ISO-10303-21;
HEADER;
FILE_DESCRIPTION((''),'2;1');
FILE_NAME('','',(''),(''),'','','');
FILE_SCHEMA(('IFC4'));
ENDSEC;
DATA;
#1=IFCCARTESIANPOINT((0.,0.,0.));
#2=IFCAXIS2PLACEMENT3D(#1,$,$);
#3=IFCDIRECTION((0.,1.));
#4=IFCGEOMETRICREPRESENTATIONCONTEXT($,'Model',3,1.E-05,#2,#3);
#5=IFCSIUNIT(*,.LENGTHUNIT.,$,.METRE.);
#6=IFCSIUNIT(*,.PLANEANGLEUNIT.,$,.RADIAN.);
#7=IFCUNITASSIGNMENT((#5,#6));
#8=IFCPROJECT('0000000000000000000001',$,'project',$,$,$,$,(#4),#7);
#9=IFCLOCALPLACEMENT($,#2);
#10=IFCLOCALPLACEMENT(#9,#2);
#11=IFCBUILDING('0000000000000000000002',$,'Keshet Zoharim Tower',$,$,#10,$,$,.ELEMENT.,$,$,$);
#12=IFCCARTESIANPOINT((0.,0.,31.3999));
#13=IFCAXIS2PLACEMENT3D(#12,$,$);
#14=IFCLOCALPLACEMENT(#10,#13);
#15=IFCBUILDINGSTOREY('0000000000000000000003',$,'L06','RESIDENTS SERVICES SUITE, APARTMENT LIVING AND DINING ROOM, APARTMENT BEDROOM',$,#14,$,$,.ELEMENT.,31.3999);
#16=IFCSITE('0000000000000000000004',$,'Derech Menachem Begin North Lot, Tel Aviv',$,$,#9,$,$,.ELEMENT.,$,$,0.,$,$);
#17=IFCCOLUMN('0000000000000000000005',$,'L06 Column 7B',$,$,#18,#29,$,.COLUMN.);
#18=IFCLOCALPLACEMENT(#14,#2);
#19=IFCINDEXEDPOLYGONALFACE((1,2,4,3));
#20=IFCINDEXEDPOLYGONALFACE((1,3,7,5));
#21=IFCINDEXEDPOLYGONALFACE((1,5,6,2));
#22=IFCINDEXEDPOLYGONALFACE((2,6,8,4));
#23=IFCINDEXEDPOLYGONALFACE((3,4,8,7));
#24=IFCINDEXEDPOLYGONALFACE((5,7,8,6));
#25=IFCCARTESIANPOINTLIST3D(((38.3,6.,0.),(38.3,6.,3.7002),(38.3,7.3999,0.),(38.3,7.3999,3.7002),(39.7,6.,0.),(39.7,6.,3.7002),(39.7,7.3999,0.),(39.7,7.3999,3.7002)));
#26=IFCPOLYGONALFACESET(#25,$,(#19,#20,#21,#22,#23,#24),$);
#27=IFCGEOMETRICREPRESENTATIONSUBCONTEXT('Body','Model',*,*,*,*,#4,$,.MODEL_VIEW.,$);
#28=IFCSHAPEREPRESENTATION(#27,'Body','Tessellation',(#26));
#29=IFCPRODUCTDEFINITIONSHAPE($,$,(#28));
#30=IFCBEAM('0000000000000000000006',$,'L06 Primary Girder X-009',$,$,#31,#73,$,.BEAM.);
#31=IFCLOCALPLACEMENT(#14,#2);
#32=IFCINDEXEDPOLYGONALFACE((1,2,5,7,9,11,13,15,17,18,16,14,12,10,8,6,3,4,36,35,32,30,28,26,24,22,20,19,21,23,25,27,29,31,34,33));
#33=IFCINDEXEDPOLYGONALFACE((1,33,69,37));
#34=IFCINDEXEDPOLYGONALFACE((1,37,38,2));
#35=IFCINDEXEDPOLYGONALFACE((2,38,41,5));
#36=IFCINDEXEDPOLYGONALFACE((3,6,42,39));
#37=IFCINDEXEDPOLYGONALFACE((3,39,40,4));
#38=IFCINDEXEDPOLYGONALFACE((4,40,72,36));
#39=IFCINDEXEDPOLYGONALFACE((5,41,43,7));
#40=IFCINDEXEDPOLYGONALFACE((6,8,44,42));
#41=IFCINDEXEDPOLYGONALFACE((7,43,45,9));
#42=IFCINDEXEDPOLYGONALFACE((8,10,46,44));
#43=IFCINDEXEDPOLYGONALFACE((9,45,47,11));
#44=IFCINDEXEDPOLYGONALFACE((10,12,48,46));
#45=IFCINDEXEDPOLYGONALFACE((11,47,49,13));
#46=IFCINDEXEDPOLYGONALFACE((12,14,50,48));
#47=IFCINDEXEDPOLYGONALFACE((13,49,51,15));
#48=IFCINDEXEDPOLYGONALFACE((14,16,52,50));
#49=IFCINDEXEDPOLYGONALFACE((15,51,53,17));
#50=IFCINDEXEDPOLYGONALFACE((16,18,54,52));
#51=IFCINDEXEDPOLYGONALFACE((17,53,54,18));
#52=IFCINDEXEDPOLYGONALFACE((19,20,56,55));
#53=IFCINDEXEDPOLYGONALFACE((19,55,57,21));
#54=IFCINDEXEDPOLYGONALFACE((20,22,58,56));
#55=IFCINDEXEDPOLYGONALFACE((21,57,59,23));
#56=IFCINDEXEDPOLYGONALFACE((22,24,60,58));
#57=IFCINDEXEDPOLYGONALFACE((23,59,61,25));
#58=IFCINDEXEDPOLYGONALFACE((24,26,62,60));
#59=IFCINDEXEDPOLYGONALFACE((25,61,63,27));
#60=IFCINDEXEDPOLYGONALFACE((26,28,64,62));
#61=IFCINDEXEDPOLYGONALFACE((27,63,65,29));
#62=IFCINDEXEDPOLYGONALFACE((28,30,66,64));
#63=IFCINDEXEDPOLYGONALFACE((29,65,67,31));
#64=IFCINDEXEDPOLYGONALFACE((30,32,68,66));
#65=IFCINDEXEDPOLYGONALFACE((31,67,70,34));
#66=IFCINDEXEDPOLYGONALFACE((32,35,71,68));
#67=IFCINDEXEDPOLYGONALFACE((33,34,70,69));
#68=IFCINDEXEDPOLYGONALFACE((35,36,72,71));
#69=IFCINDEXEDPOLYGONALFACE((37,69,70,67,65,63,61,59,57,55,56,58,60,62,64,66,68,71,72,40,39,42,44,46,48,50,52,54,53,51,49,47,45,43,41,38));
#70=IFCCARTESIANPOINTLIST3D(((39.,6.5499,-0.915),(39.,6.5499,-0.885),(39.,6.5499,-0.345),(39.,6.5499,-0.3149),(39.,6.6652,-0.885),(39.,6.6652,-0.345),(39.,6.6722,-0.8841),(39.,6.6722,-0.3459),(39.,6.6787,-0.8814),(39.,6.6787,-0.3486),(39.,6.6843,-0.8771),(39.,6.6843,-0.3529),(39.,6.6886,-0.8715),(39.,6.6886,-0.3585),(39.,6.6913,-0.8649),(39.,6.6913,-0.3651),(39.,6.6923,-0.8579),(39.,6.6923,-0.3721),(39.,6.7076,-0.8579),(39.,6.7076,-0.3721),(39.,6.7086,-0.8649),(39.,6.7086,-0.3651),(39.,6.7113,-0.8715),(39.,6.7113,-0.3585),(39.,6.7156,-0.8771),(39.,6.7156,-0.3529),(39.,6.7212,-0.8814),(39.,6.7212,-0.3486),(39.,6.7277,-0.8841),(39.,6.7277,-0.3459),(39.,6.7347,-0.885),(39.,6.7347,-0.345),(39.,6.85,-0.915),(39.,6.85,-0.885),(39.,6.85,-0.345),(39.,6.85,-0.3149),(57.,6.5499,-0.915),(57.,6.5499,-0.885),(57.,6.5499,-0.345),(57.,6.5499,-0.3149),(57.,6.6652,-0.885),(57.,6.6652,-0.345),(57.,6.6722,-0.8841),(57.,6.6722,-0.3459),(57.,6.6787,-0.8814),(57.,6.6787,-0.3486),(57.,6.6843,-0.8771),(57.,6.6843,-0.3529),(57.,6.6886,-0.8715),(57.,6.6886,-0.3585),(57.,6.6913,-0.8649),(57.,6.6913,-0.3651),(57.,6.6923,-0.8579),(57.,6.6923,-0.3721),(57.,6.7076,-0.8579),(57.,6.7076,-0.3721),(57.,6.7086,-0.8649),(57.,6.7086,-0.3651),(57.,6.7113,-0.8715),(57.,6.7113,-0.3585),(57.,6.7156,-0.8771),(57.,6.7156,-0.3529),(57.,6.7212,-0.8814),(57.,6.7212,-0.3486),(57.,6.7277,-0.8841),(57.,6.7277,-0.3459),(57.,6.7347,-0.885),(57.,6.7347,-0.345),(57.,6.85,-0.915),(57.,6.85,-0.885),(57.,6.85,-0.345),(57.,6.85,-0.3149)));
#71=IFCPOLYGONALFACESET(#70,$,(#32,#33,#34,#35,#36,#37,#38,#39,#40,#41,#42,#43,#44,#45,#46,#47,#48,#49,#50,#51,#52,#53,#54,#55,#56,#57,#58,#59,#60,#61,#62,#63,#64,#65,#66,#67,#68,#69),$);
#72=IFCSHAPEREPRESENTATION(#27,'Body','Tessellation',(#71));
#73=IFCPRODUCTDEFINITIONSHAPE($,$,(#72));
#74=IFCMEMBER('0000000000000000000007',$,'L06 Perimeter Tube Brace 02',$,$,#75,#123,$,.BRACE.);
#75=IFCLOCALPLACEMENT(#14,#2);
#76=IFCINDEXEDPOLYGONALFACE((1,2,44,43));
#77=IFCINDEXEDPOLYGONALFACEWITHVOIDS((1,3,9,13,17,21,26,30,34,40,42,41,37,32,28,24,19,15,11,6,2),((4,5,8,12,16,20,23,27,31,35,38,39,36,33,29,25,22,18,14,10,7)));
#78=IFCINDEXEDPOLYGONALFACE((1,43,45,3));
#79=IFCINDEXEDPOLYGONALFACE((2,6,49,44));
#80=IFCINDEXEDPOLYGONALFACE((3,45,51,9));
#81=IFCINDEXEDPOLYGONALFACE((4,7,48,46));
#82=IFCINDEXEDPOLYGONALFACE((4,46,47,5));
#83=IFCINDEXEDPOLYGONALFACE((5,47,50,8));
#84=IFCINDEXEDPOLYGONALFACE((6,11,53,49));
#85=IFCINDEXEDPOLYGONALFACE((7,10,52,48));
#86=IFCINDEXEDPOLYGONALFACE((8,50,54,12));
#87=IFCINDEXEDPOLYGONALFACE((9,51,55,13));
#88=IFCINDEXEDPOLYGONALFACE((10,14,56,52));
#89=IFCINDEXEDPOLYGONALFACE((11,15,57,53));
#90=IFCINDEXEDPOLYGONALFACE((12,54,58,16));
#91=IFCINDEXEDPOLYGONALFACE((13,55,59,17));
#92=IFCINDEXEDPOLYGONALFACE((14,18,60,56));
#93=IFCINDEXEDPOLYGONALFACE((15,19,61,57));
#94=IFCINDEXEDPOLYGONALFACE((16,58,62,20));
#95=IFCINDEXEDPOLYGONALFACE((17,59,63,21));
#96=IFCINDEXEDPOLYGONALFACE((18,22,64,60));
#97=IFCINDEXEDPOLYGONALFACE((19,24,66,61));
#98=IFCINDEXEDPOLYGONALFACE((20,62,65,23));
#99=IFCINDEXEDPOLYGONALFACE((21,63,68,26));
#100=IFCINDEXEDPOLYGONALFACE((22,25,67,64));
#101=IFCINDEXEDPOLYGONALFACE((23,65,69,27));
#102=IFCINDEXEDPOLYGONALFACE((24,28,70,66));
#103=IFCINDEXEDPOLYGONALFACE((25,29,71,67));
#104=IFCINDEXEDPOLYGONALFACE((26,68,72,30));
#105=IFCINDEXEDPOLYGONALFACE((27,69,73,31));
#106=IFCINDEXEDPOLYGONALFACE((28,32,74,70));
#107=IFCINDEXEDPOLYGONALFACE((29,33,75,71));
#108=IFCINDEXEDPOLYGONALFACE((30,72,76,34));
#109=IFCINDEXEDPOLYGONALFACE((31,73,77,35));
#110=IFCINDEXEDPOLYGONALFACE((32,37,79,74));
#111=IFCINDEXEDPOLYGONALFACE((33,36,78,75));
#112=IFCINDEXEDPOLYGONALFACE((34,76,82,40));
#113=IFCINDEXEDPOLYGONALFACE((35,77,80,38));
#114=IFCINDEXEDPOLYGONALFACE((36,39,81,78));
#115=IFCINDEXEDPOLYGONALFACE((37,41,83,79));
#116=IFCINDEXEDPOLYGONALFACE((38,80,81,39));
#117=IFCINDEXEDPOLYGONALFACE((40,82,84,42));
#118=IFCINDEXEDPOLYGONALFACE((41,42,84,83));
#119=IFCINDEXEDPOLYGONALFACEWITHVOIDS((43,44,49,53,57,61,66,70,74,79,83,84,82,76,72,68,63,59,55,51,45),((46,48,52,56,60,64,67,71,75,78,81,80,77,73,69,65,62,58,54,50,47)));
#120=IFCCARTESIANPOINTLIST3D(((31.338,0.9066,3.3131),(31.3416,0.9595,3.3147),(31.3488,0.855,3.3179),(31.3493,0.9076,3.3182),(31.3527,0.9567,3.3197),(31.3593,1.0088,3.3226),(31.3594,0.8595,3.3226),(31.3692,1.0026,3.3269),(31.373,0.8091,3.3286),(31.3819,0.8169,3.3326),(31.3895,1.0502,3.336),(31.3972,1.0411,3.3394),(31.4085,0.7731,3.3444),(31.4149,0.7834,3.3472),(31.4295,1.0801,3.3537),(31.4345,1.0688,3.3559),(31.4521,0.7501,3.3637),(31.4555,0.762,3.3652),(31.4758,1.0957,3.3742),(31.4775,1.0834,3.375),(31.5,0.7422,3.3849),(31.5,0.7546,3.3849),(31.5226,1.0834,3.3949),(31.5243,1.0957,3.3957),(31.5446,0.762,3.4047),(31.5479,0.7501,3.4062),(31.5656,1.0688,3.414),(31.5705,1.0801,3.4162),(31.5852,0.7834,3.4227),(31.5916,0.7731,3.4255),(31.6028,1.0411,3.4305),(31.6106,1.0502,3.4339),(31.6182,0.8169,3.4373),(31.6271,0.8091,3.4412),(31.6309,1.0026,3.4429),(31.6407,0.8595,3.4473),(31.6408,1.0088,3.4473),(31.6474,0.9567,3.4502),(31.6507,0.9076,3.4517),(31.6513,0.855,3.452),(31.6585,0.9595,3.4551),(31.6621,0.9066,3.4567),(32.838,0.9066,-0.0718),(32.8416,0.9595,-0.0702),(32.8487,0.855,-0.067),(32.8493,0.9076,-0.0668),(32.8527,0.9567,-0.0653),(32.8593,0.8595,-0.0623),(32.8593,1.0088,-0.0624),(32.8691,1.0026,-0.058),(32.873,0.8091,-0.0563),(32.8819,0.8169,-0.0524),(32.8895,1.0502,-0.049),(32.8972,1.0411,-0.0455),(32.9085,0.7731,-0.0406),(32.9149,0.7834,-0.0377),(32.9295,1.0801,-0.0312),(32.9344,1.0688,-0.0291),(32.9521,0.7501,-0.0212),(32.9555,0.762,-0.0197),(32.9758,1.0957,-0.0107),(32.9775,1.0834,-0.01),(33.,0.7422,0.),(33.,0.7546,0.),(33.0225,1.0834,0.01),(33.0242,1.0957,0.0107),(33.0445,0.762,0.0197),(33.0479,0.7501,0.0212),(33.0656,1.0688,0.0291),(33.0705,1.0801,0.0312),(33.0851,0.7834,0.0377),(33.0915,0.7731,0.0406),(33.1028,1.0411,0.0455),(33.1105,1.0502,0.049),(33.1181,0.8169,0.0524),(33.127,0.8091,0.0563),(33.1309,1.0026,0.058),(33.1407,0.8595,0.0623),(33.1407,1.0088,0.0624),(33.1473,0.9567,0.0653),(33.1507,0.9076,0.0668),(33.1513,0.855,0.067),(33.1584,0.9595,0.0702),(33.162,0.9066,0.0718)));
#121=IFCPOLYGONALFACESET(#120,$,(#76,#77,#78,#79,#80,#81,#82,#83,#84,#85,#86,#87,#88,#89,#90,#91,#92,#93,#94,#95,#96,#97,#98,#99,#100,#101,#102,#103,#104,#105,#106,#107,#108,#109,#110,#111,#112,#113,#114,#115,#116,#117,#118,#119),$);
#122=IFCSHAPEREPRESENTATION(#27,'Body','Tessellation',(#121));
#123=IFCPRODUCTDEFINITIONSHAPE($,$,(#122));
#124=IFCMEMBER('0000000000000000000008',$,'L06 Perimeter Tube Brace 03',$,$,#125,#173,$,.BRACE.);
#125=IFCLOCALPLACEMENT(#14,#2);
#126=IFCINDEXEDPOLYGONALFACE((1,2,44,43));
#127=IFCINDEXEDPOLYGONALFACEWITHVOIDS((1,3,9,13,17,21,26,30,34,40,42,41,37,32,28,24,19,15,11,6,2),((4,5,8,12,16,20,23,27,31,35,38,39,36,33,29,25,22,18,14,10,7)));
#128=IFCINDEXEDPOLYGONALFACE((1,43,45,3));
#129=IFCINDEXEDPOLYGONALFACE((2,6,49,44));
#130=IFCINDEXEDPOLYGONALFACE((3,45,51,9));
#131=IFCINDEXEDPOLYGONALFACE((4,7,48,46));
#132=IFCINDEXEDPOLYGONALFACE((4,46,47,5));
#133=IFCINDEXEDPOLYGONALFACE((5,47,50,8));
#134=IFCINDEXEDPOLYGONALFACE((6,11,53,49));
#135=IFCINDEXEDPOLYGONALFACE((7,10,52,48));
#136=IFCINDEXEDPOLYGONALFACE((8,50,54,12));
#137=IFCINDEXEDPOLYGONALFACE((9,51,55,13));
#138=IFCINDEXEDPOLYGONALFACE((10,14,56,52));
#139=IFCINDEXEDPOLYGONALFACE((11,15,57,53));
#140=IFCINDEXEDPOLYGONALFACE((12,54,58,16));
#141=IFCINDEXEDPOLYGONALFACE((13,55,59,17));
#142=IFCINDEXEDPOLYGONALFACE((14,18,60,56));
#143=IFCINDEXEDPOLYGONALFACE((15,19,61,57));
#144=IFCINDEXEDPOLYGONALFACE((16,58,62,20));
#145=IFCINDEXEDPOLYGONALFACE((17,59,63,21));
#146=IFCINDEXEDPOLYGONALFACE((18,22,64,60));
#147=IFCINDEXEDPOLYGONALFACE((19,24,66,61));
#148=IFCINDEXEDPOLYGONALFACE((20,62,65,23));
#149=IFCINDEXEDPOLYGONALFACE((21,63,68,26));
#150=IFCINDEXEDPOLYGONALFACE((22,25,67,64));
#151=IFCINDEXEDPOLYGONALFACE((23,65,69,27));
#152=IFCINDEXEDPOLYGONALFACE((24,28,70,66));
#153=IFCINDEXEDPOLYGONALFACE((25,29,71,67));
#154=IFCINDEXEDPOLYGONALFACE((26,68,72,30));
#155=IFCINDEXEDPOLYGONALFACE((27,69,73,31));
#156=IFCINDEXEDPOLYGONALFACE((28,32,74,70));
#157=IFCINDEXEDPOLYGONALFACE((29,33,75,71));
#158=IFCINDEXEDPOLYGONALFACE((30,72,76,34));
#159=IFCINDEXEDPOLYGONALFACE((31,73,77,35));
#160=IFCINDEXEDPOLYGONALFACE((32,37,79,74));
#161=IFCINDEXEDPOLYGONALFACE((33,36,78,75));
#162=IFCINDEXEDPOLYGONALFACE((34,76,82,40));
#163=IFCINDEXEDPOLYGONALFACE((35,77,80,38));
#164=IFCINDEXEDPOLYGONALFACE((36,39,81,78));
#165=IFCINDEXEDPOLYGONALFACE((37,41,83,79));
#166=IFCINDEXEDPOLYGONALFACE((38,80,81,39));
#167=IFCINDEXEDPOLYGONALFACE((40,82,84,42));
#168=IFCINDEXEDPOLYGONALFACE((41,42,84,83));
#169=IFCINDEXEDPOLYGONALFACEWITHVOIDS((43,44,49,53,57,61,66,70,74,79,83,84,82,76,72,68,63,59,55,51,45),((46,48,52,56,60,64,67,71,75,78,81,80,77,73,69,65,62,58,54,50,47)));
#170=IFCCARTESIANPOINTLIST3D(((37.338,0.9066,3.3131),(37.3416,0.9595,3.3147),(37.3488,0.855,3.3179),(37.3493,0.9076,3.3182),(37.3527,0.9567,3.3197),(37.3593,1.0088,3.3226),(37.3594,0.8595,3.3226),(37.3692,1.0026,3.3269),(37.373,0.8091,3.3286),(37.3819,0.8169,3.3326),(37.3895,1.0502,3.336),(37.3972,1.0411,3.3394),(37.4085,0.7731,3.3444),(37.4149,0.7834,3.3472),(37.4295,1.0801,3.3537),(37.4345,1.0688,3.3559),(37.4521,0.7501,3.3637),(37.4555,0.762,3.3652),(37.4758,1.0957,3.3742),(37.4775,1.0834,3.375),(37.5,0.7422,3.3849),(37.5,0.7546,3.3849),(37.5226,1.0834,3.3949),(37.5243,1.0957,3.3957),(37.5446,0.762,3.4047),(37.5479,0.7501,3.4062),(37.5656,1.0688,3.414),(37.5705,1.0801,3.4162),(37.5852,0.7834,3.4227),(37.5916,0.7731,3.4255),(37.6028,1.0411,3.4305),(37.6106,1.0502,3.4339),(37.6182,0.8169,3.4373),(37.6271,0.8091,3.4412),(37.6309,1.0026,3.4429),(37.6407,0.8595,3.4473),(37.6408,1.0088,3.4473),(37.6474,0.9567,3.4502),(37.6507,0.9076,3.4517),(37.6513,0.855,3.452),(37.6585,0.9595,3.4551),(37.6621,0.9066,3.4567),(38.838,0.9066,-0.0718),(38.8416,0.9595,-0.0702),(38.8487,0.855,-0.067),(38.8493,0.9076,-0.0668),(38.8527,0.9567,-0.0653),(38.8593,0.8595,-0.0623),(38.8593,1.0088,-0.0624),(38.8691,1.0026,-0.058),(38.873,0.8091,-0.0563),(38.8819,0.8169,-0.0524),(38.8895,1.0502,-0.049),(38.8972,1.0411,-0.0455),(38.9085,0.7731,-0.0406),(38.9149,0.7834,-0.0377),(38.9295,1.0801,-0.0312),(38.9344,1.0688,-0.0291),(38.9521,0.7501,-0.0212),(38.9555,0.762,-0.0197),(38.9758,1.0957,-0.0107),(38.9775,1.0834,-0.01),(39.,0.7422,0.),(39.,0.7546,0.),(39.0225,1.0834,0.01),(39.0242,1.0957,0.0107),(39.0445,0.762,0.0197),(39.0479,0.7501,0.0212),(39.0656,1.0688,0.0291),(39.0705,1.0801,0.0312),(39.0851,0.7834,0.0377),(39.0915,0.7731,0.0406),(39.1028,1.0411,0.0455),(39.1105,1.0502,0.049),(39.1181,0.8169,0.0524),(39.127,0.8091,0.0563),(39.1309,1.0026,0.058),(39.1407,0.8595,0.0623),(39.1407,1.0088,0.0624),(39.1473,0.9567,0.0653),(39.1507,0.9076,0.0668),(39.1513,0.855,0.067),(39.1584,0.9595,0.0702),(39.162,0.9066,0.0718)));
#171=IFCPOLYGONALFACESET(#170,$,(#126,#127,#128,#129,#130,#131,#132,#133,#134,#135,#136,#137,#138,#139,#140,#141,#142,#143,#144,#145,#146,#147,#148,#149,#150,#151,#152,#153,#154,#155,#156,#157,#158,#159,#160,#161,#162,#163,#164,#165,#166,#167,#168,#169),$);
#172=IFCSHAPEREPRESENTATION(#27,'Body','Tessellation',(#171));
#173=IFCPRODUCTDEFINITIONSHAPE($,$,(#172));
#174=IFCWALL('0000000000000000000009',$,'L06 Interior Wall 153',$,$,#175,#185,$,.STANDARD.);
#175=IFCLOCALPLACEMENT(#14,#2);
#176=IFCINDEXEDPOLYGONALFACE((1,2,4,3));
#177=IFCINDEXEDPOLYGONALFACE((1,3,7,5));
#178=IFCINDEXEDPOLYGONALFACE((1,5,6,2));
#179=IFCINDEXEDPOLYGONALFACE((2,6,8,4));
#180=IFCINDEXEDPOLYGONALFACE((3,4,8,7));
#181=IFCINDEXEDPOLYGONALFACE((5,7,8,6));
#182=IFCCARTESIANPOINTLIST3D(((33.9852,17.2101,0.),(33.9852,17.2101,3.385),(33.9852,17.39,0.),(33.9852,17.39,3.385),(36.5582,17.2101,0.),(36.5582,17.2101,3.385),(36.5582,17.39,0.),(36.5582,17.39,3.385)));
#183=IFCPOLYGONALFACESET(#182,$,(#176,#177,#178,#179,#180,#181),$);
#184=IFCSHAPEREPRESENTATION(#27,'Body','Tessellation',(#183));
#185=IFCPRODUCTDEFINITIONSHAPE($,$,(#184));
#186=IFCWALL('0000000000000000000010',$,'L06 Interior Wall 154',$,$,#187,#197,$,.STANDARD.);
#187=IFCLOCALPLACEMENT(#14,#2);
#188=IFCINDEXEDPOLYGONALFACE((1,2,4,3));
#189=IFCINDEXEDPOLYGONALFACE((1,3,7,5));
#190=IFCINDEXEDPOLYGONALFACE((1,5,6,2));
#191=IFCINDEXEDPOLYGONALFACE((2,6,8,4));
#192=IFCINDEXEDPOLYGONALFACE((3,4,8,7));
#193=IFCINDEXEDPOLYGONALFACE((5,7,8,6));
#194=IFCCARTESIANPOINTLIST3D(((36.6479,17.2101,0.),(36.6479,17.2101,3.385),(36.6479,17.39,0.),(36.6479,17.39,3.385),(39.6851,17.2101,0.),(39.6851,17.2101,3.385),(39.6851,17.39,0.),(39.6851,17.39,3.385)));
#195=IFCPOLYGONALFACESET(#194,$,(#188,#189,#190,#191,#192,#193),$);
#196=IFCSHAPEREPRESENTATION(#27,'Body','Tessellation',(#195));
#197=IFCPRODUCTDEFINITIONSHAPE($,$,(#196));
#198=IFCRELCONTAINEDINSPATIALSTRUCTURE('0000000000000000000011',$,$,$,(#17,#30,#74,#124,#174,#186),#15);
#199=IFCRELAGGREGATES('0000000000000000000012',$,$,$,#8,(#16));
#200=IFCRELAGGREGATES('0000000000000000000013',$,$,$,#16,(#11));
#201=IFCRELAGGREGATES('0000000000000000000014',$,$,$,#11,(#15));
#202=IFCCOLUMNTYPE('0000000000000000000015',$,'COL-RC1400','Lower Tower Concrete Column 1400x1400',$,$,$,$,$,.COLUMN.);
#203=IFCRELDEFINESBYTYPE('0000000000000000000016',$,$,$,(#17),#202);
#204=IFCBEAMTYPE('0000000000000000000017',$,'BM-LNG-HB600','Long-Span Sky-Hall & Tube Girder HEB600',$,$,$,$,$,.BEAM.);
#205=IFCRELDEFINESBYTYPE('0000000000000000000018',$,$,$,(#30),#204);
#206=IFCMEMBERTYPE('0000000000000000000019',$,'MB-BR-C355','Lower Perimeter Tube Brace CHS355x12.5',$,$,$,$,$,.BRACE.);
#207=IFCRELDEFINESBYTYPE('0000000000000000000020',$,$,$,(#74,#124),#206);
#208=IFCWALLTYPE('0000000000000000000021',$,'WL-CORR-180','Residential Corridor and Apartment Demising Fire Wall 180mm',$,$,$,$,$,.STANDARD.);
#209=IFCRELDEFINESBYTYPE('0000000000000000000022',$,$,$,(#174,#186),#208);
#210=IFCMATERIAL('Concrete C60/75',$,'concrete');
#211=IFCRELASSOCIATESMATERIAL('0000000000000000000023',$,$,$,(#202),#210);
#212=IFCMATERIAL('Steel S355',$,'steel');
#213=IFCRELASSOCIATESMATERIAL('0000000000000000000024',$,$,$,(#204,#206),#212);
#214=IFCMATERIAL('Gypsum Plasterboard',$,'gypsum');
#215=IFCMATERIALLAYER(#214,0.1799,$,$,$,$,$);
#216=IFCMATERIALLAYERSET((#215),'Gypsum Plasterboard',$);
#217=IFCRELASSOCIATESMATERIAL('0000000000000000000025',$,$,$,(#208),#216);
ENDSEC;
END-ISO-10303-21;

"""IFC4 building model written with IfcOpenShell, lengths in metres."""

from ifc_helpers import new_model, si_unit, direction, frame, frame_2d, origin, origin_2d, place, context, subcontext, project, spatial, rectangle, hollow_circle, i_section, extrude, material, layer, layer_set, material_profile, profile_set, type_object, element, save


model = new_model("IFC4")

# Units and contexts
model_context = context("Model", 3, precision=1e-05, world=origin(), true_north=direction((0.0, 1.0)))
body_context = subcontext(model_context, "Body", "Model", "MODEL_VIEW")
ifc_project = project(units=[si_unit("LENGTHUNIT", "METRE"), si_unit("PLANEANGLEUNIT", "RADIAN")], contexts=[model_context])

# Site, building, storey
site_placement = place(None, origin())
site = spatial("IfcSite", under=ifc_project, at=site_placement, Name="Derech Menachem Begin North Lot, Tel Aviv", CompositionType="ELEMENT", RefElevation=0.0)
building_placement = place(site_placement, origin())
building = spatial("IfcBuilding", under=site, at=building_placement, Name="Keshet Zoharim Tower", CompositionType="ELEMENT")
storey_placement = place(building_placement, frame((0.0, 0.0, 31.3999)))
storey = spatial("IfcBuildingStorey", under=building, at=storey_placement, Name="L06", Description="RESIDENTS SERVICES SUITE, APARTMENT LIVING AND DINING ROOM, APARTMENT BEDROOM", CompositionType="ELEMENT", Elevation=31.3999)

# Column
ifc_material_1 = material(Name="Concrete C60/75", Category="concrete")
ifc_material_profile_1 = material_profile(ifc_material_1, rectangle(XDim=1.3999, YDim=1.3999, at=origin_2d()), Name="RC1400x1400")
ifc_profile_set_1 = profile_set([ifc_material_profile_1], Name="Concrete C60/75")
column_type = type_object("IfcColumnType", Name="COL-RC1400", Description="Lower Tower Concrete Column 1400x1400", PredefinedType="COLUMN", material=ifc_profile_set_1)
column_placement = place(storey_placement, frame((39.0, 6.7, 0.0), z_axis=(0.0, 0.0, 1.0), x_axis=(1.0, 0.0, 0.0)))
element("IfcColumn", 1, at=column_placement, inside=storey, type_object=column_type, Name="L06 Column 7B", PredefinedType="COLUMN", context=body_context, shape_type="SweptSolid", body=[
    extrude(rectangle(XDim=1.3999, YDim=1.3999, at=origin_2d()), origin(), (0.0, 0.0, 1.0), 3.7002),
])

# Beam
ifc_material_2 = material(Name="Steel S355", Category="steel")
ifc_material_profile_2 = material_profile(ifc_material_2, i_section(OverallWidth=0.3, OverallDepth=0.6001, WebThickness=0.0154, FlangeThickness=0.03, FilletRadius=0.0271, at=origin_2d()), Name="HEB600")
ifc_profile_set_2 = profile_set([ifc_material_profile_2], Name="Steel S355")
beam_type = type_object("IfcBeamType", Name="BM-LNG-HB600", Description="Long-Span Sky-Hall & Tube Girder HEB600", PredefinedType="BEAM", material=ifc_profile_set_2)
beam_placement = place(storey_placement, frame((39.0, 6.7, -0.615), z_axis=(1.0, 0.0, 0.0), x_axis=(0.0, 1.0, 0.0)))
element("IfcBeam", 2, at=beam_placement, inside=storey, type_object=beam_type, Name="L06 Primary Girder X-009", PredefinedType="BEAM", context=body_context, shape_type="SweptSolid", body=[
    extrude(i_section(OverallWidth=0.3, OverallDepth=0.6001, WebThickness=0.0154, FlangeThickness=0.03, FilletRadius=0.0271, at=origin_2d()), origin(), (0.0, 0.0, 1.0), 18.0),
])

# Members
ifc_material_profile_3 = material_profile(ifc_material_2, hollow_circle(Radius=0.1777, WallThickness=0.0125, at=origin_2d()), Name="CHS355x12.5")
ifc_profile_set_3 = profile_set([ifc_material_profile_3], Name="Steel S355")
member_type = type_object("IfcMemberType", Name="MB-BR-C355", Description="Lower Perimeter Tube Brace CHS355x12.5", PredefinedType="BRACE", material=ifc_profile_set_3)
for number, where, z_axis, x_axis, name in (
    (3, (33.0, 0.9199, 0.0), (-0.405135, 0.0, 0.914257), (0.0, -1.0, 0.0), "L06 Perimeter Tube Brace 02"),
    (4, (39.0, 0.9199, 0.0), (-0.405135, 0.0, 0.914257), (0.0, -1.0, 0.0), "L06 Perimeter Tube Brace 03"),
):
    element("IfcMember", number, at=place(storey_placement, frame(where, z_axis=z_axis, x_axis=x_axis)), inside=storey, type_object=member_type, Name=name, PredefinedType="BRACE", context=body_context, shape_type="SweptSolid", body=[
        extrude(hollow_circle(Radius=0.1777, WallThickness=0.0125, at=origin_2d()), origin(), (0.0, 0.0, 1.0), 3.7024),
    ])

# Walls
ifc_material_3 = material(Name="Gypsum Plasterboard", Category="gypsum")
ifc_layer_1 = layer(ifc_material_3, 0.1799)
ifc_layer_set_1 = layer_set([ifc_layer_1], Name="Gypsum Plasterboard")
wall_type_1 = type_object("IfcWallType", Name="WL-CORR-180", Description="Residential Corridor and Apartment Demising Fire Wall 180mm", PredefinedType="STANDARD", material=ifc_layer_set_1)
wall_1_placement = place(storey_placement, frame((33.9851, 17.3, 0.0), z_axis=(0.0, 0.0, 1.0), x_axis=(1.0, 0.0, 0.0)))
element("IfcWall", 5, at=wall_1_placement, inside=storey, type_object=wall_type_1, Name="L06 Interior Wall 153", PredefinedType="STANDARD", context=body_context, shape_type="SweptSolid", body=[
    extrude(rectangle(XDim=2.573, YDim=0.1799, at=frame_2d((1.2866, 0.0))), origin(), (0.0, 0.0, 1.0), 3.385),
])
wall_2_placement = place(storey_placement, frame((36.6479, 17.3, 0.0), z_axis=(0.0, 0.0, 1.0), x_axis=(1.0, 0.0, 0.0)))
element("IfcWall", 6, at=wall_2_placement, inside=storey, type_object=wall_type_1, Name="L06 Interior Wall 154", PredefinedType="STANDARD", context=body_context, shape_type="SweptSolid", body=[
    extrude(rectangle(XDim=3.0371, YDim=0.1799, at=frame_2d((1.5186, 0.0))), origin(), (0.0, 0.0, 1.0), 3.385),
])

save(model, "model.ifc")
